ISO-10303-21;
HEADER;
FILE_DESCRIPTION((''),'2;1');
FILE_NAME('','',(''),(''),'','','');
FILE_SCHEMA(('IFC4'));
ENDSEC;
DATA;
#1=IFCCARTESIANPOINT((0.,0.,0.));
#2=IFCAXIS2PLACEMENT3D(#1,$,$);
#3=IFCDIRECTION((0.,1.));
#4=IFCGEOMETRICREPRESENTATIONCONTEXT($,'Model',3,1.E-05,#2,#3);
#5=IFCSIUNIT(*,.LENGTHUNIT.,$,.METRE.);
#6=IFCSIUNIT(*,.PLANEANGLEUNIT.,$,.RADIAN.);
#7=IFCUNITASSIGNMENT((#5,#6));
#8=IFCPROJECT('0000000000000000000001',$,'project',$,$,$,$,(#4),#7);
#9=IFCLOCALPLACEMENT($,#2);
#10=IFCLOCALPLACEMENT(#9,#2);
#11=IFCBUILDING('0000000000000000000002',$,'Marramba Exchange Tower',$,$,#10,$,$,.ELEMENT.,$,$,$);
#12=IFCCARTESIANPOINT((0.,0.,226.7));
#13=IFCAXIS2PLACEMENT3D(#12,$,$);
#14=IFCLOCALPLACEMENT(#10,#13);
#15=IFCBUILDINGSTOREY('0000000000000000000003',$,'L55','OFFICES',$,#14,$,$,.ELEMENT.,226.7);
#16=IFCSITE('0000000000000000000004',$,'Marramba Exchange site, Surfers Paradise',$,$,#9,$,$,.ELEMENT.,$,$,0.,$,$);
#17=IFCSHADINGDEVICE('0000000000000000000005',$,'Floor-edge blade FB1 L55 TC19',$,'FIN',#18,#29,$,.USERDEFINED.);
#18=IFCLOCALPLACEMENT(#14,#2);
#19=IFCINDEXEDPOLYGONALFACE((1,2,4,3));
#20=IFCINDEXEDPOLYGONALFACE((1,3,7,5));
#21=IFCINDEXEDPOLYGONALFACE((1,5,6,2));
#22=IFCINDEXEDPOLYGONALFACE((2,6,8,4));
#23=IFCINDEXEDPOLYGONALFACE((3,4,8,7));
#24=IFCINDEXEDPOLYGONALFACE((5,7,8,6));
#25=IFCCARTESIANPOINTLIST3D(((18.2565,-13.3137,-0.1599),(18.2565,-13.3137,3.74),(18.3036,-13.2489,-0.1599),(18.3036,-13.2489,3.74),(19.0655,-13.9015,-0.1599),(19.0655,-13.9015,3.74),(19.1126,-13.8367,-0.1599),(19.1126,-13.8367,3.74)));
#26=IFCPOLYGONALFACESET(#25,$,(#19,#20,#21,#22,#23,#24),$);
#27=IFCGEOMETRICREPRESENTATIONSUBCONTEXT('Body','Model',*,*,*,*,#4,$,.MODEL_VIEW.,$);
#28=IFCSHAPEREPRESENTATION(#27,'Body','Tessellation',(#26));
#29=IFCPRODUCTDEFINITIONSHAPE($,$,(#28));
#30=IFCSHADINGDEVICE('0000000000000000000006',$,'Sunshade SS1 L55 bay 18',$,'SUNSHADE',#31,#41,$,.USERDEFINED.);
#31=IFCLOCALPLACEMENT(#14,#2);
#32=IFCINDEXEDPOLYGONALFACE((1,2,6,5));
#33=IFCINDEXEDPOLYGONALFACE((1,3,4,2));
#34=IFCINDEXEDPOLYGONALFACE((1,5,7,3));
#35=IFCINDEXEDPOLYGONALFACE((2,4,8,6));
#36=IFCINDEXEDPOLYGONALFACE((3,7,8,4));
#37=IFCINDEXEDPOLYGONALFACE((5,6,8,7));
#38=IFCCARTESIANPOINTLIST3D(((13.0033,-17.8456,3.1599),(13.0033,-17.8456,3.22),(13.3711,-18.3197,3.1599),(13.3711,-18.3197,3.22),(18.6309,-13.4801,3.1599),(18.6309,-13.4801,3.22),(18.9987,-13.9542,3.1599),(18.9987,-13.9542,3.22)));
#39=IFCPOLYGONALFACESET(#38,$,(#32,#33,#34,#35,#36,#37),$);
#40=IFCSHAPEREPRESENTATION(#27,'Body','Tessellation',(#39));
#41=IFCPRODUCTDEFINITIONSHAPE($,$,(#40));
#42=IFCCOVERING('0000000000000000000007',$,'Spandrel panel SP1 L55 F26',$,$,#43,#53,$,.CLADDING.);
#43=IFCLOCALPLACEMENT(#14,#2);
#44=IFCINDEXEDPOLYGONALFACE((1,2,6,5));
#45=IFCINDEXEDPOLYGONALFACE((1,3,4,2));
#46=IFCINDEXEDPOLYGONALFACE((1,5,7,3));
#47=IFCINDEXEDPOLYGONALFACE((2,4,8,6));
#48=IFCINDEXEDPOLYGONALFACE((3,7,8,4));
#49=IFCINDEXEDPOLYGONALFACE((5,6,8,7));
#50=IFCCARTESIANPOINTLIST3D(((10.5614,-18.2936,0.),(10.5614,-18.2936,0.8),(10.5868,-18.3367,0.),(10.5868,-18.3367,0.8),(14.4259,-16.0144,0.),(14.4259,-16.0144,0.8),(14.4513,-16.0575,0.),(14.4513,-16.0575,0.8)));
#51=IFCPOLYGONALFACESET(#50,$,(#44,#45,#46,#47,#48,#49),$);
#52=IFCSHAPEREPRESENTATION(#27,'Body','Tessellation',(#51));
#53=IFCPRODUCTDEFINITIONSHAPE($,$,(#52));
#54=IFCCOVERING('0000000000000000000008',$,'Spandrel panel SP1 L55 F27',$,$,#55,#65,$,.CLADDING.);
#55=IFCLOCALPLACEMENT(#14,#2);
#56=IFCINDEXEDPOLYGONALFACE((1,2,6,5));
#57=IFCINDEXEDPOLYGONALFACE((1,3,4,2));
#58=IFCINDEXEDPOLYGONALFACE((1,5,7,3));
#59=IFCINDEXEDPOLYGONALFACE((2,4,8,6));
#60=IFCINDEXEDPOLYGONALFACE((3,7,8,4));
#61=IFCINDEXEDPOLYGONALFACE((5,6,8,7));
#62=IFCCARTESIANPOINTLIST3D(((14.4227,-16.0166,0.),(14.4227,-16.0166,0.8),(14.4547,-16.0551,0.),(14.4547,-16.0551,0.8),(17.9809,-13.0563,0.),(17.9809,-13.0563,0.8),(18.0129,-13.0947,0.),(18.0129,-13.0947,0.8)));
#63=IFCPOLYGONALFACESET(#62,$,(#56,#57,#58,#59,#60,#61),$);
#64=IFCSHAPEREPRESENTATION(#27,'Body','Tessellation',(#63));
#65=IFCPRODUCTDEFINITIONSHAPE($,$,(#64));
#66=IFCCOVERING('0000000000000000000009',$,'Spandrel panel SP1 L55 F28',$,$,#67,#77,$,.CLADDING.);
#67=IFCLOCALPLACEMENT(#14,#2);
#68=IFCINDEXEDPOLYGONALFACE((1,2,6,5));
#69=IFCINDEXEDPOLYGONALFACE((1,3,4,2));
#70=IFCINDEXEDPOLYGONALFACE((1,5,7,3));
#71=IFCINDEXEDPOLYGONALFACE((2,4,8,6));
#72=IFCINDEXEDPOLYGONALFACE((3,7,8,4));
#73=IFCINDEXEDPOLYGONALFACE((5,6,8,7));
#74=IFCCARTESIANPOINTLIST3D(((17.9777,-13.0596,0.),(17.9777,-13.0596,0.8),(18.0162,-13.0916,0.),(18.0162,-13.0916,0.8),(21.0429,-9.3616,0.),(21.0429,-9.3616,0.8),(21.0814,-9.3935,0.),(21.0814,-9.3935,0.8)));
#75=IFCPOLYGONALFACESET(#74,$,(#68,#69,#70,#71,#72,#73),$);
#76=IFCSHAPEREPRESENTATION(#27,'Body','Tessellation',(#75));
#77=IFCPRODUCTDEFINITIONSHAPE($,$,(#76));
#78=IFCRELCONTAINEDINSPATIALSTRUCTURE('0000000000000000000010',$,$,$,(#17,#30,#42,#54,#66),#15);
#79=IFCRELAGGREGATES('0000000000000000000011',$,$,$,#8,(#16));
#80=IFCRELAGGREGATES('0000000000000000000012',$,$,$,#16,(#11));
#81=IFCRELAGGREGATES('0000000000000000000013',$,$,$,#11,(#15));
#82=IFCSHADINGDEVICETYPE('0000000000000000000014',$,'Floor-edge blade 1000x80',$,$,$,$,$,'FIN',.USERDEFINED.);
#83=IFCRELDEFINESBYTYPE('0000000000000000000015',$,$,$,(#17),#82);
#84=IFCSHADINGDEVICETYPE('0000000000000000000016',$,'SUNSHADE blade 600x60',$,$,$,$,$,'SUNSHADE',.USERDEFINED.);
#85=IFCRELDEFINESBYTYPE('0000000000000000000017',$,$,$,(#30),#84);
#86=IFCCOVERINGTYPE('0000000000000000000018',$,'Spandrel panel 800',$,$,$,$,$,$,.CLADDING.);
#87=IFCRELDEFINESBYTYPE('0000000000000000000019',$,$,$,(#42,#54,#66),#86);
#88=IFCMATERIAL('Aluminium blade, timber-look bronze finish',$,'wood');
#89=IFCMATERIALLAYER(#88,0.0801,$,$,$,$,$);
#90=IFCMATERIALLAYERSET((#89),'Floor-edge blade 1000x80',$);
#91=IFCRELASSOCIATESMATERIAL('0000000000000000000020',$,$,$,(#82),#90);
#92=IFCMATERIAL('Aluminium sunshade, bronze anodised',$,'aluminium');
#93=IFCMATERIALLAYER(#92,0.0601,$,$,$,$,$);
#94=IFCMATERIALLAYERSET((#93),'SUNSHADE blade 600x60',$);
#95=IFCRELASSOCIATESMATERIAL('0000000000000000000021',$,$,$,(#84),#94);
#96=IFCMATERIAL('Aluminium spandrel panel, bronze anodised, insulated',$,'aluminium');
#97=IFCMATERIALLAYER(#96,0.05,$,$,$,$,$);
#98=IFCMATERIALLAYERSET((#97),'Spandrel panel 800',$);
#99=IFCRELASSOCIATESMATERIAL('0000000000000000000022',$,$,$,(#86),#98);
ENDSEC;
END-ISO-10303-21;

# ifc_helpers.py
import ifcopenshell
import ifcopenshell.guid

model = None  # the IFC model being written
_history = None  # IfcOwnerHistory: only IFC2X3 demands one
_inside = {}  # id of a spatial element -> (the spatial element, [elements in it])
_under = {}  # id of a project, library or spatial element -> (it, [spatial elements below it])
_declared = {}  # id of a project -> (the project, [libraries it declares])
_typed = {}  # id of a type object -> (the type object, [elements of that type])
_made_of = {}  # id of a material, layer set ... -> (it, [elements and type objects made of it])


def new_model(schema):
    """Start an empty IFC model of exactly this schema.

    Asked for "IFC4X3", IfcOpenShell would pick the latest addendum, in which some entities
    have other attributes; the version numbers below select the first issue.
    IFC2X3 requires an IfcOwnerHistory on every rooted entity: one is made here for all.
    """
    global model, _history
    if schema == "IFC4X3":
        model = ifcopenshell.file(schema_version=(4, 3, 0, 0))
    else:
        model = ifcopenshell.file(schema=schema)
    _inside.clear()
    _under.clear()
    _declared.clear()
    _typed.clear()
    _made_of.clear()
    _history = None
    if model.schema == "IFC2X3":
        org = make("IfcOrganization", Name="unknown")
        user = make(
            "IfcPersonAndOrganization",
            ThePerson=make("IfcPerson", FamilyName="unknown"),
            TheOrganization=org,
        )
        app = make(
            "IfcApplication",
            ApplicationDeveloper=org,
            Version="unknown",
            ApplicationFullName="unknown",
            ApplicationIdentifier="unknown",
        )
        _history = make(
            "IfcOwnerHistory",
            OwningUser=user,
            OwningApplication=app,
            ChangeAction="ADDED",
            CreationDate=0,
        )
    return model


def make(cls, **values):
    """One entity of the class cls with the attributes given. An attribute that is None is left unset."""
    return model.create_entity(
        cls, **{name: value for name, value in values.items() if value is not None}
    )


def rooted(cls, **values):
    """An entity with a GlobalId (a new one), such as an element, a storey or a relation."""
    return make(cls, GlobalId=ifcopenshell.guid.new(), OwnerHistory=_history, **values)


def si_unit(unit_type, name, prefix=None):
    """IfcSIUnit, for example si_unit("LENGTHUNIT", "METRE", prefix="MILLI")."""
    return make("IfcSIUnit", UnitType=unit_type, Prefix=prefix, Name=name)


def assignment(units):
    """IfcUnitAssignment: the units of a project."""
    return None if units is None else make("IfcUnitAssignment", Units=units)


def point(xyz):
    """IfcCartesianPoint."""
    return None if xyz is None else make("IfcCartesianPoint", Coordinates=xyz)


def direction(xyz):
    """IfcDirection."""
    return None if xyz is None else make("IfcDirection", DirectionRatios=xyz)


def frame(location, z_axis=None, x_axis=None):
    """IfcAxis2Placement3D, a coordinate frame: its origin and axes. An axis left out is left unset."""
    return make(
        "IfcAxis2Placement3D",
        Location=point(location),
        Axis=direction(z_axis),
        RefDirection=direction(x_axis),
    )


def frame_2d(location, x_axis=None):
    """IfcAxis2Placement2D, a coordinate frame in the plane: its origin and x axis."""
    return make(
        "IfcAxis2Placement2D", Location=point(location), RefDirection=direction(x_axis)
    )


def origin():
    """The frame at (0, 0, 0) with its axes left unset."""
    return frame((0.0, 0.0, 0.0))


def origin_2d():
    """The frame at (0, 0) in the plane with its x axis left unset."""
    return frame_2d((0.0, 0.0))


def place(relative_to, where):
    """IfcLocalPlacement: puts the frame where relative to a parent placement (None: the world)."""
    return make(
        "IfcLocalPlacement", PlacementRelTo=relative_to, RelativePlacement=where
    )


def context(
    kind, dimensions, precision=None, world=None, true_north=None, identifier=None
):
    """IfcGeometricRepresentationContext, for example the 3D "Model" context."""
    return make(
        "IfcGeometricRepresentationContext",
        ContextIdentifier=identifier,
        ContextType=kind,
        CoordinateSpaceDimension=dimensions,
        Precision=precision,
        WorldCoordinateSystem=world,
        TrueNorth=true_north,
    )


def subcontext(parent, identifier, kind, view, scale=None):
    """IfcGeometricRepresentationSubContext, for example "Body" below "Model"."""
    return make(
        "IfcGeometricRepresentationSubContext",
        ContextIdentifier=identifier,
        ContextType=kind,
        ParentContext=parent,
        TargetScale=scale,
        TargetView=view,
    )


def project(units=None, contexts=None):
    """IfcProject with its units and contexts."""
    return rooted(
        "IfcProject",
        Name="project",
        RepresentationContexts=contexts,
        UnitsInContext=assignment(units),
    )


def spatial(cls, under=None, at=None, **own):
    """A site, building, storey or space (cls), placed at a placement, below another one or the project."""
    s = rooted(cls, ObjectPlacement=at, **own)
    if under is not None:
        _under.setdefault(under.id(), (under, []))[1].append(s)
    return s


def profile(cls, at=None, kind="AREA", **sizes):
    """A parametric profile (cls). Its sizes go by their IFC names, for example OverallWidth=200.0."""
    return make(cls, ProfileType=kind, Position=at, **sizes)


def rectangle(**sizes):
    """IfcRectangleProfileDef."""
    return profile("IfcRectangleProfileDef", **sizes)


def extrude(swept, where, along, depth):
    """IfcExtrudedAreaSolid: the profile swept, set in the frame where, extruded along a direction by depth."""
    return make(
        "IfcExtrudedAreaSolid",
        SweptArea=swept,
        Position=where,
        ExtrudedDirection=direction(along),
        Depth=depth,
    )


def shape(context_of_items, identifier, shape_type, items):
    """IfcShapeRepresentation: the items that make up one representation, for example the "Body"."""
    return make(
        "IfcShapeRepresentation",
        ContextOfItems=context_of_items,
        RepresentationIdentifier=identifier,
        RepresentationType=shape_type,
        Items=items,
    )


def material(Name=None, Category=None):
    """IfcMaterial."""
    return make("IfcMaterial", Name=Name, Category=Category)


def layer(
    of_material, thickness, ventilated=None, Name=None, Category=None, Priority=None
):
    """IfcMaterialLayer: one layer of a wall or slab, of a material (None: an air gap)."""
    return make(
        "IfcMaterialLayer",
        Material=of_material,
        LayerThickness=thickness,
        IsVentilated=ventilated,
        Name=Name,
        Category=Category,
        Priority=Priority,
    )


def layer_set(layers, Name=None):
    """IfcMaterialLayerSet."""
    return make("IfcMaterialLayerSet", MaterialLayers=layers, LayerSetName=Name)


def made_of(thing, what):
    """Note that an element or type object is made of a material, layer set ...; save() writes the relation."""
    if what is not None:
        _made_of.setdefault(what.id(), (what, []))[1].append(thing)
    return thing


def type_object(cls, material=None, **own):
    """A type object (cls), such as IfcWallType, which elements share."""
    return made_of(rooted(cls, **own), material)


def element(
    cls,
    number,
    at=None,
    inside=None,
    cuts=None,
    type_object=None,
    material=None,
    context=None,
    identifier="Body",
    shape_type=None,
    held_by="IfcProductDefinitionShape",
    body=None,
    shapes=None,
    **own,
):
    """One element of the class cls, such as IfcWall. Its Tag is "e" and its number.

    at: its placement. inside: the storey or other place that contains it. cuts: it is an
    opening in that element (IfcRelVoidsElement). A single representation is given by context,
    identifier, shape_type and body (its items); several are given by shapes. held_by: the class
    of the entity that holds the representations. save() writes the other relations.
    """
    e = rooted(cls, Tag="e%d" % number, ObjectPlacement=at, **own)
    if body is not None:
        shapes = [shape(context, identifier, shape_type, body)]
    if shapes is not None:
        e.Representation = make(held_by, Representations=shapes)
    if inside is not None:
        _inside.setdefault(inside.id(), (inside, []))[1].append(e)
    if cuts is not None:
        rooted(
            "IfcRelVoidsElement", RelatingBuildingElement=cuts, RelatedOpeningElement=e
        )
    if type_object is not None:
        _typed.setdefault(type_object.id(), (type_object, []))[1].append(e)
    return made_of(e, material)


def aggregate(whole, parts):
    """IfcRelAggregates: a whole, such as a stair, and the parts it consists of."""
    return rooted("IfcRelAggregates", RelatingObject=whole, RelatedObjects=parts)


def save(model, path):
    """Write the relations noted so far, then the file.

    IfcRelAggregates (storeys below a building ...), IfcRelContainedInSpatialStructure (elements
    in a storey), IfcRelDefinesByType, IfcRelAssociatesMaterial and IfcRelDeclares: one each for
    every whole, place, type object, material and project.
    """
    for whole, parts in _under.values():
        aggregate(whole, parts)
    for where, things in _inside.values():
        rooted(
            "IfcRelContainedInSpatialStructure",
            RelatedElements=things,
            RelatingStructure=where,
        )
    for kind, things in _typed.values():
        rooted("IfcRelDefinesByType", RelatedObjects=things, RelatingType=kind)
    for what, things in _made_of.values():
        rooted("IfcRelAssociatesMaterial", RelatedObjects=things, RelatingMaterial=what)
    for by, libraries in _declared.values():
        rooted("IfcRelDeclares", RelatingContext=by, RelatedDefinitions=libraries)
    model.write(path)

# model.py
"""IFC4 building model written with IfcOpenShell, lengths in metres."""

from ifc_helpers import new_model, si_unit, direction, frame, origin, origin_2d, place, context, subcontext, project, spatial, rectangle, extrude, material, layer, layer_set, type_object, element, save


model = new_model("IFC4")

# Units and contexts
model_context = context("Model", 3, precision=1e-05, world=origin(), true_north=direction((0.0, 1.0)))
body_context = subcontext(model_context, "Body", "Model", "MODEL_VIEW")
ifc_project = project(units=[si_unit("LENGTHUNIT", "METRE"), si_unit("PLANEANGLEUNIT", "RADIAN")], contexts=[model_context])

# Site, building, storey
site_placement = place(None, origin())
site = spatial("IfcSite", under=ifc_project, at=site_placement, Name="Marramba Exchange site, Surfers Paradise", CompositionType="ELEMENT", RefElevation=0.0)
building_placement = place(site_placement, origin())
building = spatial("IfcBuilding", under=site, at=building_placement, Name="Marramba Exchange Tower", CompositionType="ELEMENT")
storey_placement = place(building_placement, frame((0.0, 0.0, 226.7)))
storey = spatial("IfcBuildingStorey", under=building, at=storey_placement, Name="L55", Description="OFFICES", CompositionType="ELEMENT", Elevation=226.7)

# Shading devices
ifc_material_1 = material(Name="Aluminium blade, timber-look bronze finish", Category="wood")
ifc_layer_1 = layer(ifc_material_1, 0.0801)
ifc_layer_set_1 = layer_set([ifc_layer_1], Name="Floor-edge blade 1000x80")
shading_device_type_1 = type_object("IfcShadingDeviceType", Name="Floor-edge blade 1000x80", ElementType="FIN", PredefinedType="USERDEFINED", material=ifc_layer_set_1)
for number, where, z_axis, x_axis, name in (
    (1, (18.6846, -13.5752, -0.1599), (0.0, 0.0, 1.0), (0.809017, -0.587785, 0.0), "Floor-edge blade FB1 L55 TC19"),
):
    element("IfcShadingDevice", number, at=place(storey_placement, frame(where, z_axis=z_axis, x_axis=x_axis)), inside=storey, type_object=shading_device_type_1, Name=name, ObjectType="FIN", PredefinedType="USERDEFINED", context=body_context, shape_type="SweptSolid", body=[
        extrude(rectangle(XDim=1.0, YDim=0.0801, at=origin_2d()), origin(), (0.0, 0.0, 1.0), 3.8999),
    ])
ifc_material_2 = material(Name="Aluminium sunshade, bronze anodised", Category="aluminium")
ifc_layer_2 = layer(ifc_material_2, 0.0601)
ifc_layer_set_2 = layer_set([ifc_layer_2], Name="SUNSHADE blade 600x60")
shading_device_type_2 = type_object("IfcShadingDeviceType", Name="SUNSHADE blade 600x60", ElementType="SUNSHADE", PredefinedType="USERDEFINED", material=ifc_layer_set_2)
shading_device_placement = place(storey_placement, frame((16.001, -15.8999, 3.1599), z_axis=(0.0, 0.0, 1.0), x_axis=(0.790133, 0.612935, 0.0)))
element("IfcShadingDevice", 2, at=shading_device_placement, inside=storey, type_object=shading_device_type_2, Name="Sunshade SS1 L55 bay 18", ObjectType="SUNSHADE", PredefinedType="USERDEFINED", context=body_context, shape_type="SweptSolid", body=[
    extrude(rectangle(XDim=7.1223, YDim=0.6001, at=origin_2d()), origin(), (0.0, 0.0, 1.0), 0.0601),
])

# Coverings
ifc_material_3 = material(Name="Aluminium spandrel panel, bronze anodised, insulated", Category="aluminium")
ifc_layer_3 = layer(ifc_material_3, 0.05)
ifc_layer_set_3 = layer_set([ifc_layer_3], Name="Spandrel panel 800")
covering_type = type_object("IfcCoveringType", Name="Spandrel panel 800", PredefinedType="CLADDING", material=ifc_layer_set_3)
covering_1_placement = place(storey_placement, frame((12.5063, -17.1755, 0.0), z_axis=(0.0, 0.0, 1.0), x_axis=(0.861351, 0.508011, 0.0)))
element("IfcCovering", 3, at=covering_1_placement, inside=storey, type_object=covering_type, Name="Spandrel panel SP1 L55 F26", PredefinedType="CLADDING", context=body_context, shape_type="SweptSolid", body=[
    extrude(rectangle(XDim=4.4866, YDim=0.05, at=origin_2d()), origin(), (0.0, 0.0, 1.0), 0.8),
])
covering_2_placement = place(storey_placement, frame((16.2178, -14.5557, 0.0), z_axis=(0.0, 0.0, 1.0), x_axis=(0.768737, 0.639565, 0.0)))
element("IfcCovering", 4, at=covering_2_placement, inside=storey, type_object=covering_type, Name="Spandrel panel SP1 L55 F27", PredefinedType="CLADDING", context=body_context, shape_type="SweptSolid", body=[
    extrude(rectangle(XDim=4.6287, YDim=0.05, at=origin_2d()), origin(), (0.0, 0.0, 1.0), 0.8),
])
covering_3_placement = place(storey_placement, frame((19.5295, -11.2266, 0.0), z_axis=(0.0, 0.0, 1.0), x_axis=(0.63815, 0.769912, 0.0)))
element("IfcCovering", 5, at=covering_3_placement, inside=storey, type_object=covering_type, Name="Spandrel panel SP1 L55 F28", PredefinedType="CLADDING", context=body_context, shape_type="SweptSolid", body=[
    extrude(rectangle(XDim=4.8032, YDim=0.05, at=origin_2d()), origin(), (0.0, 0.0, 1.0), 0.8),
])

save(model, "model.ifc")
